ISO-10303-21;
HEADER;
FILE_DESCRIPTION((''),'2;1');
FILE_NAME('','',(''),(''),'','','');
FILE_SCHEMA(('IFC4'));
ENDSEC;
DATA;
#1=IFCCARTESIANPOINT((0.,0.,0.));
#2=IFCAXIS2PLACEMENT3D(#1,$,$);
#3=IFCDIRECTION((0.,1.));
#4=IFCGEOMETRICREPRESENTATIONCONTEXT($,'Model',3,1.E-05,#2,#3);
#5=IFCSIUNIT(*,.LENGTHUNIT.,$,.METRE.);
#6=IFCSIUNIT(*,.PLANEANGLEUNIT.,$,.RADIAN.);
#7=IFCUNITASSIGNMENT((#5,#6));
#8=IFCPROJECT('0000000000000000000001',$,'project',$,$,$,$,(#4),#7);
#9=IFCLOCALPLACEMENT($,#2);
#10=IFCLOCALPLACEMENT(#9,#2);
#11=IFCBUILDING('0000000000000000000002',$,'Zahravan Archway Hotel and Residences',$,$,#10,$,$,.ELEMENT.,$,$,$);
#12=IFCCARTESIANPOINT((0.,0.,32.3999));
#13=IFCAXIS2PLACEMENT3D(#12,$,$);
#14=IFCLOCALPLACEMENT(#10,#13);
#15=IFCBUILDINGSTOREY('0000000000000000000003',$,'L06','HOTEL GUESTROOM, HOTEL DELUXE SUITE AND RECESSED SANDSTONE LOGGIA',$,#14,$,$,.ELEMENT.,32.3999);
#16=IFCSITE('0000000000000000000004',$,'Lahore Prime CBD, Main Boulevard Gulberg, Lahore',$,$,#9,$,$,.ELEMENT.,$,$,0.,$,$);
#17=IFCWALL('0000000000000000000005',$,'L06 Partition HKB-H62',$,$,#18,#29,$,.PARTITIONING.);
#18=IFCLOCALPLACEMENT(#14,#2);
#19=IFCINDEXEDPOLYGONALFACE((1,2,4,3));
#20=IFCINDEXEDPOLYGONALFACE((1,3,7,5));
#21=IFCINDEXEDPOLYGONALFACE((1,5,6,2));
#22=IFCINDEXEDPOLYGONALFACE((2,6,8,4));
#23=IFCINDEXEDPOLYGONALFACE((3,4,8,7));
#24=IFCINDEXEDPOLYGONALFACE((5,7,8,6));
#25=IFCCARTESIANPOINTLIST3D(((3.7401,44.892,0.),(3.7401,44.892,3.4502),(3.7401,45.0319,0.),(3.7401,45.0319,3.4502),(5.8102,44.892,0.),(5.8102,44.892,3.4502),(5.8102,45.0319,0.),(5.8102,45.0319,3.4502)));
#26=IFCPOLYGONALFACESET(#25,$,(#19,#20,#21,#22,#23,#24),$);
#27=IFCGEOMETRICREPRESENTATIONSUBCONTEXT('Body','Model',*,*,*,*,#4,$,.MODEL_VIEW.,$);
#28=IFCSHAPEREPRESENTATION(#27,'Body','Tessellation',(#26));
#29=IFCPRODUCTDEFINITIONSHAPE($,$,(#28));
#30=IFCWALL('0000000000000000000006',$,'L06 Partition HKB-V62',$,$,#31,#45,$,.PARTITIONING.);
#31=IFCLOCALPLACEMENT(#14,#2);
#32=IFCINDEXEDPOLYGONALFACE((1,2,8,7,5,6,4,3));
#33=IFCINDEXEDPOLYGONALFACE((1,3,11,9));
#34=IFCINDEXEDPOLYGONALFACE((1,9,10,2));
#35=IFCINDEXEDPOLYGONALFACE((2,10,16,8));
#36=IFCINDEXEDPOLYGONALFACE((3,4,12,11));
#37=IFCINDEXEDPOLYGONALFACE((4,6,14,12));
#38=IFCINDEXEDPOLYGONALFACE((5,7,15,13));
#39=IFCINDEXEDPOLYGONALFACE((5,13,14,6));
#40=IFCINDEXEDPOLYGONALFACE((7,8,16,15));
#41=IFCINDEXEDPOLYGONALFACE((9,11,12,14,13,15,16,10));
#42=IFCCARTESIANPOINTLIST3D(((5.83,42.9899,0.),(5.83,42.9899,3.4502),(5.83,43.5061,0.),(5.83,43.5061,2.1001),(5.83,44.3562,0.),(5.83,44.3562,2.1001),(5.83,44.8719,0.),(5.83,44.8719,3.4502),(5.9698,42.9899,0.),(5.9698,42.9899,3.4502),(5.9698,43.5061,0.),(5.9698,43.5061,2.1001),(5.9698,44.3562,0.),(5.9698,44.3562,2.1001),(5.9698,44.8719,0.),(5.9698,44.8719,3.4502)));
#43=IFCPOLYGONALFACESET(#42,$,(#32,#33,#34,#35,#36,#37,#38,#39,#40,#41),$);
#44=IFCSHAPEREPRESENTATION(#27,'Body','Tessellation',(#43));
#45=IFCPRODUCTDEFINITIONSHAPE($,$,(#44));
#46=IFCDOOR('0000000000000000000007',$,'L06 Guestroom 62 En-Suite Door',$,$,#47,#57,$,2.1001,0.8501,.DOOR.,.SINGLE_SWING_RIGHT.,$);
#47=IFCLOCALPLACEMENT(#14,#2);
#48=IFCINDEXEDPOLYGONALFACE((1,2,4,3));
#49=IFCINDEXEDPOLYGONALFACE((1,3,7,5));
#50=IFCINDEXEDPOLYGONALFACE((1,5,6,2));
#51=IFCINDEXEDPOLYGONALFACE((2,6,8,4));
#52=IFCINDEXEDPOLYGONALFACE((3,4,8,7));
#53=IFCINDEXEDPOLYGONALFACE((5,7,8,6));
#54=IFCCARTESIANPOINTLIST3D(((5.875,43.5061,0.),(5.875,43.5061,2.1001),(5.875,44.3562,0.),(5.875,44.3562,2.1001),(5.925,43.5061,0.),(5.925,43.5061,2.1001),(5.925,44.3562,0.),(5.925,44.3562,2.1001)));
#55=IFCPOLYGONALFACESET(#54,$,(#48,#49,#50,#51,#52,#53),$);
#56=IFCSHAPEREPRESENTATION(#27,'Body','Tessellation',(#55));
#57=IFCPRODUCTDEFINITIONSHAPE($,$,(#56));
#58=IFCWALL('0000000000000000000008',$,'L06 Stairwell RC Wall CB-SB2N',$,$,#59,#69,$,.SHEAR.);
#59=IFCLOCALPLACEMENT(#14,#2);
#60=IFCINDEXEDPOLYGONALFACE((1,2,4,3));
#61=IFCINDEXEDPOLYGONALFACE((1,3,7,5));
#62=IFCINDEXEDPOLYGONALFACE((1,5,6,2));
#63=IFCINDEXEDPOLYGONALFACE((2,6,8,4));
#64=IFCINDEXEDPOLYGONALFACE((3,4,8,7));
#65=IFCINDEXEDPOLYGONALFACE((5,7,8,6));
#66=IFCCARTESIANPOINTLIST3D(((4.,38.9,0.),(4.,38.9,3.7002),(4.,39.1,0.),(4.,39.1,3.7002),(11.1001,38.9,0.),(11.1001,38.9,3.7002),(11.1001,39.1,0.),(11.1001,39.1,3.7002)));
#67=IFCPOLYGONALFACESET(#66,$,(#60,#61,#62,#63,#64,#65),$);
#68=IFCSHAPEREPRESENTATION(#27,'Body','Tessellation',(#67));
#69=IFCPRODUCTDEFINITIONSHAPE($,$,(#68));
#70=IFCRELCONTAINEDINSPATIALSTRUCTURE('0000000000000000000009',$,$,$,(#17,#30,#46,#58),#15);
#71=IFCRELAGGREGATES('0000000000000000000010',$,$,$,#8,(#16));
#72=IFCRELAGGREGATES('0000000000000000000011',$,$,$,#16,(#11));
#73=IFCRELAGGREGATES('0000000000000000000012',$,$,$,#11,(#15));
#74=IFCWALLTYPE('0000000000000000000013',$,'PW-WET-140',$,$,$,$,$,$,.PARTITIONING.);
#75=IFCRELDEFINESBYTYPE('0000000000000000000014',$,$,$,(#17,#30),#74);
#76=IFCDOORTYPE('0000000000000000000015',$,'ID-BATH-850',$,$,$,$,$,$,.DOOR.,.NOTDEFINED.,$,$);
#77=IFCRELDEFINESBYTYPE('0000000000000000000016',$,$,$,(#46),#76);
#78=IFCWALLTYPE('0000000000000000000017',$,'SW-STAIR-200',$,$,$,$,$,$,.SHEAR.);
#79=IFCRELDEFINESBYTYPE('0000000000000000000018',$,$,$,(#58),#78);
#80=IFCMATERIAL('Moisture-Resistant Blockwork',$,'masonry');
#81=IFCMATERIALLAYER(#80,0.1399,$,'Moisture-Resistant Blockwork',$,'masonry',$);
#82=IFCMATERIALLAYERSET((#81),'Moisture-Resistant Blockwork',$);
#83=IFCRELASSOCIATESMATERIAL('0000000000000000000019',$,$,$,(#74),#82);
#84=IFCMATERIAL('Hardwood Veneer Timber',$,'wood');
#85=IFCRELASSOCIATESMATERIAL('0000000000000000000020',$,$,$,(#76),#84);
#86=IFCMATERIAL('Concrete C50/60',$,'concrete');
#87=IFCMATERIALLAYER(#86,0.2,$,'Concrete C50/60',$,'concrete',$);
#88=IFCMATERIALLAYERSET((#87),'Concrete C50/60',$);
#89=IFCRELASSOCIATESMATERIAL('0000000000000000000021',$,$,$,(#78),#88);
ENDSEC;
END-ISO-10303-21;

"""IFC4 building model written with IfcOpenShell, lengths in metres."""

from ifc_helpers import new_model, si_unit, direction, frame, frame_2d, origin, place, context, subcontext, project, spatial, rectangle, extrude, source, transform, mapped, material, layer, layer_set, type_object, type_shapes, element, fill, save


model = new_model("IFC4")

# Units and contexts
model_context = context("Model", 3, precision=1e-05, world=origin(), true_north=direction((0.0, 1.0)))
body_context = subcontext(model_context, "Body", "Model", "MODEL_VIEW")
ifc_project = project(units=[si_unit("LENGTHUNIT", "METRE"), si_unit("PLANEANGLEUNIT", "RADIAN")], contexts=[model_context])

# Site, building, storey
site_placement = place(None, origin())
site = spatial("IfcSite", under=ifc_project, at=site_placement, Name="Lahore Prime CBD, Main Boulevard Gulberg, Lahore", CompositionType="ELEMENT", RefElevation=0.0)
building_placement = place(site_placement, origin())
building = spatial("IfcBuilding", under=site, at=building_placement, Name="Zahravan Archway Hotel and Residences", CompositionType="ELEMENT")
storey_placement = place(building_placement, frame((0.0, 0.0, 32.3999)))
storey = spatial("IfcBuildingStorey", under=building, at=storey_placement, Name="L06", Description="HOTEL GUESTROOM, HOTEL DELUXE SUITE AND RECESSED SANDSTONE LOGGIA", CompositionType="ELEMENT", Elevation=32.3999)

# Shared definitions
ifc_material_1 = material(Name="Hardwood Veneer Timber", Category="wood")

# Shared definitions
ifc_material_2 = material(Name="Moisture-Resistant Blockwork", Category="masonry")
ifc_layer_1 = layer(ifc_material_2, 0.1399, Name="Moisture-Resistant Blockwork", Category="masonry")
ifc_layer_set_1 = layer_set([ifc_layer_1], Name="Moisture-Resistant Blockwork")
wall_type_1 = type_object("IfcWallType", Name="PW-WET-140", PredefinedType="PARTITIONING", material=ifc_layer_set_1)

# Shared definitions
door_type_1 = type_object("IfcDoorType", Name="ID-BATH-850", OperationType="NOTDEFINED", PredefinedType="DOOR", material=ifc_material_1)
shared_shape_1 = source(origin(), body_context, "Body", "SweptSolid", [
    extrude(rectangle(XDim=0.8501, YDim=2.1001, at=frame_2d((0.425, 1.05))), frame((0.0, 0.0249, 0.0), z_axis=(0.0, -1.0, 0.0), x_axis=(1.0, 0.0, 0.0)), (0.0, 0.0, 1.0), 0.05),
])
type_shapes(door_type_1, [shared_shape_1])

# Wall
wall_1_placement = place(storey_placement, frame((3.74, 44.9619, 0.0), z_axis=(0.0, 0.0, 1.0), x_axis=(1.0, 0.0, 0.0)))
element("IfcWall", 1, at=wall_1_placement, inside=storey, type_object=wall_type_1, Name="L06 Partition HKB-H62", PredefinedType="PARTITIONING", context=body_context, shape_type="SweptSolid", body=[
    extrude(rectangle(XDim=2.0701, YDim=0.1399, at=frame_2d((1.0352, 0.0))), origin(), (0.0, 0.0, 1.0), 3.4502),
])

# Wall, opening, door
wall_2_placement = place(storey_placement, frame((5.8999, 42.99, 0.0), z_axis=(0.0, 0.0, 1.0), x_axis=(0.0, 1.0, 0.0)))
wall_2 = element("IfcWall", 2, at=wall_2_placement, inside=storey, type_object=wall_type_1, Name="L06 Partition HKB-V62", PredefinedType="PARTITIONING", context=body_context, shape_type="SweptSolid", body=[
    extrude(rectangle(XDim=1.8821, YDim=0.1399, at=frame_2d((0.9409, 0.0))), origin(), (0.0, 0.0, 1.0), 3.4502),
])
opening_1_placement = place(wall_2_placement, frame((0.5161, 0.0, 0.0)))
opening_1 = element("IfcOpeningElement", 3, at=opening_1_placement, cuts=wall_2, PredefinedType="OPENING", context=body_context, shape_type="SweptSolid", body=[
    extrude(rectangle(XDim=0.8501, YDim=2.1001, at=frame_2d((0.425, 1.05))), frame((0.0, 0.0801, 0.0), z_axis=(0.0, -1.0, 0.0), x_axis=(1.0, 0.0, 0.0)), (0.0, 0.0, 1.0), 0.1599),
])
door_1_placement = place(opening_1_placement, origin())
door_1 = element("IfcDoor", 4, at=door_1_placement, inside=storey, type_object=door_type_1, Name="L06 Guestroom 62 En-Suite Door", OperationType="SINGLE_SWING_RIGHT", OverallHeight=2.1001, OverallWidth=0.8501, PredefinedType="DOOR", context=body_context, shape_type="MappedRepresentation", body=[
    mapped(shared_shape_1, transform((0.0, 0.0, 0.0), scale=1.0)),
])
fill(opening_1, door_1)

# Wall
ifc_material_3 = material(Name="Concrete C50/60", Category="concrete")
ifc_layer_2 = layer(ifc_material_3, 0.2, Name="Concrete C50/60", Category="concrete")
ifc_layer_set_2 = layer_set([ifc_layer_2], Name="Concrete C50/60")
wall_type_2 = type_object("IfcWallType", Name="SW-STAIR-200", PredefinedType="SHEAR", material=ifc_layer_set_2)
wall_3_placement = place(storey_placement, frame((4.0, 39.0, 0.0), z_axis=(0.0, 0.0, 1.0), x_axis=(1.0, 0.0, 0.0)))
element("IfcWall", 5, at=wall_3_placement, inside=storey, type_object=wall_type_2, Name="L06 Stairwell RC Wall CB-SB2N", PredefinedType="SHEAR", context=body_context, shape_type="SweptSolid", body=[
    extrude(rectangle(XDim=7.1001, YDim=0.2, at=frame_2d((3.55, 0.0))), origin(), (0.0, 0.0, 1.0), 3.7002),
])

save(model, "model.ifc")
